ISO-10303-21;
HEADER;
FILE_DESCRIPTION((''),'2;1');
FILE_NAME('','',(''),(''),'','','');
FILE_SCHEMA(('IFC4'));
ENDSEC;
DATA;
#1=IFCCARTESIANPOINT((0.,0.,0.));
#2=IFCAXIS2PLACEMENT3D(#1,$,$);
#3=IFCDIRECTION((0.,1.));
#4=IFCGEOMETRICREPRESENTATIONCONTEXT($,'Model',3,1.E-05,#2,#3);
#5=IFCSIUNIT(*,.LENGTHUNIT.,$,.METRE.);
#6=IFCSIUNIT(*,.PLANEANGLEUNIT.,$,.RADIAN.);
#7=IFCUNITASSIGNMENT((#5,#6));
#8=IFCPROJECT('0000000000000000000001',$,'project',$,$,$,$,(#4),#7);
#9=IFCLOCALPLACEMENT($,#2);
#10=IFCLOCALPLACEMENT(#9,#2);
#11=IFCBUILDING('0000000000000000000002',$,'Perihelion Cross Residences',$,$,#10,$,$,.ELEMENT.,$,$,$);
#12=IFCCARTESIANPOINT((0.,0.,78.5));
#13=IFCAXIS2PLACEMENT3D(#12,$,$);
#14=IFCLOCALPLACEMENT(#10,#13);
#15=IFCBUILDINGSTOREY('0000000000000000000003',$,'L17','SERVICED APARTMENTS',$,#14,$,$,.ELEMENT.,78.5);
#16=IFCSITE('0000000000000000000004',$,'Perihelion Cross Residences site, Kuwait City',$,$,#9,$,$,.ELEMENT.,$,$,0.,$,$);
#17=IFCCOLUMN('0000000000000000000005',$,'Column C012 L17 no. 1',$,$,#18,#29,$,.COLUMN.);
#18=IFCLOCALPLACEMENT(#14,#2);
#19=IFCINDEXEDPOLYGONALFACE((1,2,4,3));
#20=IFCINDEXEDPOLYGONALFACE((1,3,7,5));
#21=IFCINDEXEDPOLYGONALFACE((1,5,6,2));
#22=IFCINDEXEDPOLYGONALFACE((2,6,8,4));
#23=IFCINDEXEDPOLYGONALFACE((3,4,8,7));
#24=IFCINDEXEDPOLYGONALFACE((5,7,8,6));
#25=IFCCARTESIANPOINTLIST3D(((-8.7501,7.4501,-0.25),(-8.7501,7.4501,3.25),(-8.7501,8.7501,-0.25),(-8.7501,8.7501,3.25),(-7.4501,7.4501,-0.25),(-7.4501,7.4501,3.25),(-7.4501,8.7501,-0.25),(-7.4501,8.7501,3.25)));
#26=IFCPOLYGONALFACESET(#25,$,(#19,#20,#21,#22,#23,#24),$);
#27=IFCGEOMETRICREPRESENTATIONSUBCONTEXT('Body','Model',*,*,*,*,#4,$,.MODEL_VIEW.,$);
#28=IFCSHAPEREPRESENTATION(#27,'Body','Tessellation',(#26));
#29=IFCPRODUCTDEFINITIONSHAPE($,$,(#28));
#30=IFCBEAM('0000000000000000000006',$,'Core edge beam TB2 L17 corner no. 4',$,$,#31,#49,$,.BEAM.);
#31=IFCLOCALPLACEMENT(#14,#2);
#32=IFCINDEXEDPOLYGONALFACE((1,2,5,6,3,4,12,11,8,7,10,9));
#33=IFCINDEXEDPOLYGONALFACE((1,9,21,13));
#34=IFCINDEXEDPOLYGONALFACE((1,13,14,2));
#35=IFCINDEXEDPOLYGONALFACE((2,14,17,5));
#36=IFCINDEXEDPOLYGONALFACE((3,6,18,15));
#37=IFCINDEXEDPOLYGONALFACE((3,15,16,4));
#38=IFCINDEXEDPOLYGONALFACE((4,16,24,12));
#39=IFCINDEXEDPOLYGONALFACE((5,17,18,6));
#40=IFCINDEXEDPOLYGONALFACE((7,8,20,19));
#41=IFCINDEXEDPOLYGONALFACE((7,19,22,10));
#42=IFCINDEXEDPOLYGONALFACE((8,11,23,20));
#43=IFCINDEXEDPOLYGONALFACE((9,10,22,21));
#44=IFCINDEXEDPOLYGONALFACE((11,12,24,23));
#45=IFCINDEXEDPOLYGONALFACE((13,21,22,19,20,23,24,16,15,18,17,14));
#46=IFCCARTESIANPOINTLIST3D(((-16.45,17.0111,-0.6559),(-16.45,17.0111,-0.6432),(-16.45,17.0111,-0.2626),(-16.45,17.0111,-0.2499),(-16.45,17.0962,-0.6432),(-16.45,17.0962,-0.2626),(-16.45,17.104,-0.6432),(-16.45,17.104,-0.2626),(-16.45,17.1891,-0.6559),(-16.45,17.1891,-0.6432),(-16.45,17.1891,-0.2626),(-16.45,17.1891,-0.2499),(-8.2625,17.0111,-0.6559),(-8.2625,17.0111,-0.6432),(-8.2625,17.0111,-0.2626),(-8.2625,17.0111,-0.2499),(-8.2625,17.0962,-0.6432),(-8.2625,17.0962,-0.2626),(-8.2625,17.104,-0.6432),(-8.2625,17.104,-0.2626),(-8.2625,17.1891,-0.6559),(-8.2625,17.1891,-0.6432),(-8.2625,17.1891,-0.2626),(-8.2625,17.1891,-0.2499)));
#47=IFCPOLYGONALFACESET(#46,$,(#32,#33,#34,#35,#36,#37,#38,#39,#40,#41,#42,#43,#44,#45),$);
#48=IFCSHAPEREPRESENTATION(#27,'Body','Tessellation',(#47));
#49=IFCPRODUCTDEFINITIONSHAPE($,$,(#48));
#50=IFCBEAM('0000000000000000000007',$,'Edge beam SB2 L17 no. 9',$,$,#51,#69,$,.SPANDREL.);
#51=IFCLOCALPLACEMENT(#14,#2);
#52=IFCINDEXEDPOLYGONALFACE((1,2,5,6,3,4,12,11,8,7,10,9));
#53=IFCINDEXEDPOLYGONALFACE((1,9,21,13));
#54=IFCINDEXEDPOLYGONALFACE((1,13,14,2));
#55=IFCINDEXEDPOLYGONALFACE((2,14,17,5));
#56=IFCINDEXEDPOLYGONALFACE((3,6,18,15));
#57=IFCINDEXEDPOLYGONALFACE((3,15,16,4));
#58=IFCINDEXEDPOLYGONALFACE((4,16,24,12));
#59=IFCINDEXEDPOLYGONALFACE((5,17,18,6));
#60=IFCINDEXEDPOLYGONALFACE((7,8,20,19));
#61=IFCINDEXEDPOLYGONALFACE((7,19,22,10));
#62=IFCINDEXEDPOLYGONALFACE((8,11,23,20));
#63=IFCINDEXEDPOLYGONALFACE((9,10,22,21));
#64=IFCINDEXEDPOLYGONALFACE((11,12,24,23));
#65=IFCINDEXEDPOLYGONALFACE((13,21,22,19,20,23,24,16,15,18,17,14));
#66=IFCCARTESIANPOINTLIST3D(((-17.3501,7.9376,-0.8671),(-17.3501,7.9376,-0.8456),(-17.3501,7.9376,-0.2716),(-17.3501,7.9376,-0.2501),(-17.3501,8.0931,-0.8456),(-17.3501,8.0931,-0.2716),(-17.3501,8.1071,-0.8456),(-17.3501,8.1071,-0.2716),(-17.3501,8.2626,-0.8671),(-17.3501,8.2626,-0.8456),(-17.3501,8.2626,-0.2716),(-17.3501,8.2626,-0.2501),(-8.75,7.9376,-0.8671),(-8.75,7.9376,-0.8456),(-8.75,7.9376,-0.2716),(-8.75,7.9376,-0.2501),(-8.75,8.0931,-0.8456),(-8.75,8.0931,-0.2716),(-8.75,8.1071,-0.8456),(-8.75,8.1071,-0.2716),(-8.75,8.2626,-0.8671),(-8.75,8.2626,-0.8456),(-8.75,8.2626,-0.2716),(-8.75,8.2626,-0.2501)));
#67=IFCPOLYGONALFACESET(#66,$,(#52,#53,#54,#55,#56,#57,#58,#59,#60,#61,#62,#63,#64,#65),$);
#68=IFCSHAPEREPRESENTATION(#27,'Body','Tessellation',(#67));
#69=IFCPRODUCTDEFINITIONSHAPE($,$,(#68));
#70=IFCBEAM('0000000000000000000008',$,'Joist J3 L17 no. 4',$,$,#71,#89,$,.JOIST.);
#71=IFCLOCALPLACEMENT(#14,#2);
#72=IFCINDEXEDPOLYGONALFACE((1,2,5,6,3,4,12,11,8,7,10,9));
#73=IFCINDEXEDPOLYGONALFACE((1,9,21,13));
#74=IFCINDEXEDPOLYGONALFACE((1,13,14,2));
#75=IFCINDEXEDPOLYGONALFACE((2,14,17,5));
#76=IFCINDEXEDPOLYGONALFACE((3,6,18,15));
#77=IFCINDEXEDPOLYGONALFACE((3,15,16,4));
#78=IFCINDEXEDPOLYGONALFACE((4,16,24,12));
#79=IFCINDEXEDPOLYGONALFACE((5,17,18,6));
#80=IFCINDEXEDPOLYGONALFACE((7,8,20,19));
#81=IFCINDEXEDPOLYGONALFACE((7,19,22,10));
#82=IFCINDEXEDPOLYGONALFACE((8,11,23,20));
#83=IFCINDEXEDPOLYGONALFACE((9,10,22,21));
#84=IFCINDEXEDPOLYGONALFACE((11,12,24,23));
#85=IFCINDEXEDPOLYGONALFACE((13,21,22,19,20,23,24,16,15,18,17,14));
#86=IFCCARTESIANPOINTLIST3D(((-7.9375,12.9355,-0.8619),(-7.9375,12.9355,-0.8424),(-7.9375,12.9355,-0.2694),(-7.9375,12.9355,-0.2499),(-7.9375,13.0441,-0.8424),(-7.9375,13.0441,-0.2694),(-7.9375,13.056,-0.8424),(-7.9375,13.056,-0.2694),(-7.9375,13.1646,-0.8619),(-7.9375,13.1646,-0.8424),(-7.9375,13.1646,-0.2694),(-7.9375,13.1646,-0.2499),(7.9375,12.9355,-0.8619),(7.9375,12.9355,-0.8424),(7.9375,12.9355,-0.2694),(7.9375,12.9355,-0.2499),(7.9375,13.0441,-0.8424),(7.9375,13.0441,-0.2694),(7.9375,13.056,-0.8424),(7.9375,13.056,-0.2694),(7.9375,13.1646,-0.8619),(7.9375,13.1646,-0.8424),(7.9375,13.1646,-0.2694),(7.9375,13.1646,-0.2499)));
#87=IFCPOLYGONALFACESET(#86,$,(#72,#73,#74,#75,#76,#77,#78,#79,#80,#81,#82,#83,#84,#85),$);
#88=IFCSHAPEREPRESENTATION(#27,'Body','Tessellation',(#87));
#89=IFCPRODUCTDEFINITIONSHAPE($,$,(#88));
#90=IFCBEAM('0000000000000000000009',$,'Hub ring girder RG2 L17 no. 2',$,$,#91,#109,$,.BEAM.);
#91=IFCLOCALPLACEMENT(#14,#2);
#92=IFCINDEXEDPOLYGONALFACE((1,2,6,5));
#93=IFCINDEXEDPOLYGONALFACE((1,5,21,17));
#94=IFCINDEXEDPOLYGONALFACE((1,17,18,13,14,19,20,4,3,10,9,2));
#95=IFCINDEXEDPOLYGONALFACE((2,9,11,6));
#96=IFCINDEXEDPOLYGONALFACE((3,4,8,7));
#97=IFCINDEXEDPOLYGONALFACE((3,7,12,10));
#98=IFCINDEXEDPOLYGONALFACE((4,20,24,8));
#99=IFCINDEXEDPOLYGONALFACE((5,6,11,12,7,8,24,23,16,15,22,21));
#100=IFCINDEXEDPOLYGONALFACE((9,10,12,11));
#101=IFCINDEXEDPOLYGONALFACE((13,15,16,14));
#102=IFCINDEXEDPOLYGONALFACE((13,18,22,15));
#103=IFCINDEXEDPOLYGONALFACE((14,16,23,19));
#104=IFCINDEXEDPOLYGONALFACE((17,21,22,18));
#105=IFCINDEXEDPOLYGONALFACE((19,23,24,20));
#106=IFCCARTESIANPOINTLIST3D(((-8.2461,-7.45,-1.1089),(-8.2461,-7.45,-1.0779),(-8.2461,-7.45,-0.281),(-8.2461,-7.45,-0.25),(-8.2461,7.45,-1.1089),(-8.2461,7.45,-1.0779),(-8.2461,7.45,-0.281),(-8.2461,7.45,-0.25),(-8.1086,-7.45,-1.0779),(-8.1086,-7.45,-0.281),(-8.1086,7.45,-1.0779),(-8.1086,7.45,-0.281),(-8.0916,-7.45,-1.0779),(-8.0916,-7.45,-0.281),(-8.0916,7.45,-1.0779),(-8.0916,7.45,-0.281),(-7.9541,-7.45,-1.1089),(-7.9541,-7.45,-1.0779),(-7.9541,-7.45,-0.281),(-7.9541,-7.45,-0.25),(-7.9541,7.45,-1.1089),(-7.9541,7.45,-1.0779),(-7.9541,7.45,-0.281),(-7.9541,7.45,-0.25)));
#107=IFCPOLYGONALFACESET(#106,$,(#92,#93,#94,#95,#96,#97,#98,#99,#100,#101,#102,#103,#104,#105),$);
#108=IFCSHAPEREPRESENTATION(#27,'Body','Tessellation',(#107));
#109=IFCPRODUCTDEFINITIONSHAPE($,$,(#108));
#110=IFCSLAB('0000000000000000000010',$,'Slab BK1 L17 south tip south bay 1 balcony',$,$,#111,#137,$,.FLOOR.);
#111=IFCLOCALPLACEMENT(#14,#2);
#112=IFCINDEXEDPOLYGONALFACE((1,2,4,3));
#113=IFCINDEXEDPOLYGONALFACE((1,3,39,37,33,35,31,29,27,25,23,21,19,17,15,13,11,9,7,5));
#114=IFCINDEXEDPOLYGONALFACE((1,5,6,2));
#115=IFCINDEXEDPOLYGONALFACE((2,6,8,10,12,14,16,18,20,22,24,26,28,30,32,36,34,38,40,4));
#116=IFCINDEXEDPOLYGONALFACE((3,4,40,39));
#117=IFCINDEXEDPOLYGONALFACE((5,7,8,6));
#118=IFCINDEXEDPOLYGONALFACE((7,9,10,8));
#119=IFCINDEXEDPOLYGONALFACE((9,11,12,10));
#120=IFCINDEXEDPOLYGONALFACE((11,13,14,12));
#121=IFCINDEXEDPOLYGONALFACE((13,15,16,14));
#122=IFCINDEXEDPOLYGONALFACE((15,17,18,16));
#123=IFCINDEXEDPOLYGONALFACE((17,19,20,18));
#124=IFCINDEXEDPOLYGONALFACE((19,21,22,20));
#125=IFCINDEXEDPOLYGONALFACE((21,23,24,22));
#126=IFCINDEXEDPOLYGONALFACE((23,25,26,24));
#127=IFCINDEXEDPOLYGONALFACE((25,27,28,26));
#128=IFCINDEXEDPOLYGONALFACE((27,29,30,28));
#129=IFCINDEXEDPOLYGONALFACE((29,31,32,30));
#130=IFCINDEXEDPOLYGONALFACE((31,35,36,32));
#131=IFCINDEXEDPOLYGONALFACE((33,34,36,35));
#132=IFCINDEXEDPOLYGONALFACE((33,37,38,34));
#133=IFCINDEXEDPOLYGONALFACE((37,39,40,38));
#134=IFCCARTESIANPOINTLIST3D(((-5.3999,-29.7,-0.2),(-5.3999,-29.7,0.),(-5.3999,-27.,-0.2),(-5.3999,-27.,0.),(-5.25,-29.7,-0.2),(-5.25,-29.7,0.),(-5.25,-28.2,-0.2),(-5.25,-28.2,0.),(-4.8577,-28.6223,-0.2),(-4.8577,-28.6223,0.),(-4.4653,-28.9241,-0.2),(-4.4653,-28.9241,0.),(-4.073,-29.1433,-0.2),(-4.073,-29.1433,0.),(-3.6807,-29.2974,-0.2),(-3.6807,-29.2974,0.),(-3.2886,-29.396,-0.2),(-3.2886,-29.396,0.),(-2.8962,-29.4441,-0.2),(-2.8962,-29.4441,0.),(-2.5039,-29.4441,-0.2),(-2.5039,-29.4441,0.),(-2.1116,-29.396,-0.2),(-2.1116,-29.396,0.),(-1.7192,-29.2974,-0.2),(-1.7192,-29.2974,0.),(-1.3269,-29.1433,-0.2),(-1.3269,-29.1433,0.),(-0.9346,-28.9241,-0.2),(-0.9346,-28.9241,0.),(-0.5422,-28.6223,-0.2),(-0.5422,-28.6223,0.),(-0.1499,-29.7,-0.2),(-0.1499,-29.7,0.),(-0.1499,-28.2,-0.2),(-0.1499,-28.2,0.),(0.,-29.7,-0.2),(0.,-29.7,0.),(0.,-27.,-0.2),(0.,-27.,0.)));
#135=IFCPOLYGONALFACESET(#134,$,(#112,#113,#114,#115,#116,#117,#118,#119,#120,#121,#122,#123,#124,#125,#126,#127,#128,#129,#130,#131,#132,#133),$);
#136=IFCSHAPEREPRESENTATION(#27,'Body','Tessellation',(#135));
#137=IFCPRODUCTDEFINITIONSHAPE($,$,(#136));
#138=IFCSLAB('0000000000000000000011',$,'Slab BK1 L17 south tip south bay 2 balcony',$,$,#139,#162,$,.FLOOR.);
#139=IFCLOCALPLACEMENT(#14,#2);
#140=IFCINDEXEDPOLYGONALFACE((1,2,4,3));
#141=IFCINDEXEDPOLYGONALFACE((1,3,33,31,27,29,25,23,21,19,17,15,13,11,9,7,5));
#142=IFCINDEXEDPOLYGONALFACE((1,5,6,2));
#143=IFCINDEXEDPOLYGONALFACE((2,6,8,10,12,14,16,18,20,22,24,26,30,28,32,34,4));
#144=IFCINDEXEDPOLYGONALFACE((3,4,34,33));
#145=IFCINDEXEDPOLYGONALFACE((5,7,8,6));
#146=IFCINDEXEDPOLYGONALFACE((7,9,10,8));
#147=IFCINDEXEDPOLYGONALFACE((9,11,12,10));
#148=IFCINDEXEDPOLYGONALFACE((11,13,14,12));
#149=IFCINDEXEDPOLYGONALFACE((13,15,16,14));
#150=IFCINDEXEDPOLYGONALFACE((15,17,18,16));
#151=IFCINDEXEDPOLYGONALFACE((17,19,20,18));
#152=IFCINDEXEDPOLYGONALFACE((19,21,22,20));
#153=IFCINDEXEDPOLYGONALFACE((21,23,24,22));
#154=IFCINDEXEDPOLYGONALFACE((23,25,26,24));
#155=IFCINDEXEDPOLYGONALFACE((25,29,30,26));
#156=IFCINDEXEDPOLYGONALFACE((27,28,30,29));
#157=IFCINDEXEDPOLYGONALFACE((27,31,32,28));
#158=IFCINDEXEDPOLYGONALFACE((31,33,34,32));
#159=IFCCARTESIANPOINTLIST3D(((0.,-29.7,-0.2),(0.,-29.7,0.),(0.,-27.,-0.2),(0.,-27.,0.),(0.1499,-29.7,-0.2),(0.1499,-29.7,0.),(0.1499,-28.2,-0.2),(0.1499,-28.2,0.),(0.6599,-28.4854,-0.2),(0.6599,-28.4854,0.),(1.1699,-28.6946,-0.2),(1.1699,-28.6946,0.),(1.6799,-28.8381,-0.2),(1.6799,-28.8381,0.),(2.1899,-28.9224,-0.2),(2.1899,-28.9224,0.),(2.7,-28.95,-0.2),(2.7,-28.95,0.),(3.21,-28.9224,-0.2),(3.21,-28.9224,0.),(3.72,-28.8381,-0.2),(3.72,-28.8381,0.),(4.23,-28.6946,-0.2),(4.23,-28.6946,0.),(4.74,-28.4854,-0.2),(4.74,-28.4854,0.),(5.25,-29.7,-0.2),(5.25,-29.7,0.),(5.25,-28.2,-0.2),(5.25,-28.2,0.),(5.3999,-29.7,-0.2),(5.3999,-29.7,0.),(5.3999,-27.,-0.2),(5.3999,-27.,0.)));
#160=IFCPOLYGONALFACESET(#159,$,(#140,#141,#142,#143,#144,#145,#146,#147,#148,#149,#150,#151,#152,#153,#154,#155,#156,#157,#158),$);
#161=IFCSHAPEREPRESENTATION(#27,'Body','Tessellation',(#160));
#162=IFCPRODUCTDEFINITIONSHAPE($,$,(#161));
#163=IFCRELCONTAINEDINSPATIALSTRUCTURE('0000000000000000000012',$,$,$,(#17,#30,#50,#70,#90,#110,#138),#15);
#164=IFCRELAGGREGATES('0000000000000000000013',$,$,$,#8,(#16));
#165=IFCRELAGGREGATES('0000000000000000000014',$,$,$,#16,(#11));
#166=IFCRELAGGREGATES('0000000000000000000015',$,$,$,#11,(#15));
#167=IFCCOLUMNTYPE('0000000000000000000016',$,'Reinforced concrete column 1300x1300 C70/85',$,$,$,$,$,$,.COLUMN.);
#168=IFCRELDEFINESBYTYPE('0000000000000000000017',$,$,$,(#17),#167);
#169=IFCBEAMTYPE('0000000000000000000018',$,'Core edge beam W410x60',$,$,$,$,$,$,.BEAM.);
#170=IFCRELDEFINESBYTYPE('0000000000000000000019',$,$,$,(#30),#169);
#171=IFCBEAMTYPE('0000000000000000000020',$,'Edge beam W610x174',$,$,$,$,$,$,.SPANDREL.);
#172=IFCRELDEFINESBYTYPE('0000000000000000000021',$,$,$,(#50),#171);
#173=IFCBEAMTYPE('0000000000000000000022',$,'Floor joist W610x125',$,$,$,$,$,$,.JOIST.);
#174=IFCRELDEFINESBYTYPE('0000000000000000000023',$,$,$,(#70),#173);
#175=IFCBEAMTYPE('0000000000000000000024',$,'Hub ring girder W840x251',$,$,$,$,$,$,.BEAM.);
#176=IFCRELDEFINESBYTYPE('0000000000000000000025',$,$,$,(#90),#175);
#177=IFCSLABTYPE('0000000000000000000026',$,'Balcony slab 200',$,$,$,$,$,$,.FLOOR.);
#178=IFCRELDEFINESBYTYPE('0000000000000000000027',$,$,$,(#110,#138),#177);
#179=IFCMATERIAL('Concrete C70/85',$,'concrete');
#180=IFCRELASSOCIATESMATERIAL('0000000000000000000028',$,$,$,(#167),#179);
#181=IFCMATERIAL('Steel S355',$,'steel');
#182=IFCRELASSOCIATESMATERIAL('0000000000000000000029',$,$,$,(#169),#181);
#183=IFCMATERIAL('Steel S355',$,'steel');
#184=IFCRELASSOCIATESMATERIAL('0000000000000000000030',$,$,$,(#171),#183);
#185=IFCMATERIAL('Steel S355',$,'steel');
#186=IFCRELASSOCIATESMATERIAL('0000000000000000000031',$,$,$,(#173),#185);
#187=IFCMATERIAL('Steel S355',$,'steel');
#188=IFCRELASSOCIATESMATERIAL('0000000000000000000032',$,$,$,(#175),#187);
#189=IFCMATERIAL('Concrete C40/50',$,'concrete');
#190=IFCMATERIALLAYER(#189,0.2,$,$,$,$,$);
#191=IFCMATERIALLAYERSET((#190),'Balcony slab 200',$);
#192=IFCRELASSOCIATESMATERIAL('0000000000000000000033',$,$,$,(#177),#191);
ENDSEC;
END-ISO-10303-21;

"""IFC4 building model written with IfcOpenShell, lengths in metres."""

from ifc_helpers import new_model, si_unit, direction, frame, origin, origin_2d, place, context, subcontext, project, spatial, polyline, rectangle, i_section, outline, extrude, material, layer, layer_set, material_profile, profile_set, type_object, element, save


model = new_model("IFC4")

# Units and contexts
model_context = context("Model", 3, precision=1e-05, world=origin(), true_north=direction((0.0, 1.0)))
body_context = subcontext(model_context, "Body", "Model", "MODEL_VIEW")
ifc_project = project(units=[si_unit("LENGTHUNIT", "METRE"), si_unit("PLANEANGLEUNIT", "RADIAN")], contexts=[model_context])

# Site, building, storey
site_placement = place(None, origin())
site = spatial("IfcSite", under=ifc_project, at=site_placement, Name="Perihelion Cross Residences site, Kuwait City", CompositionType="ELEMENT", RefElevation=0.0)
building_placement = place(site_placement, origin())
building = spatial("IfcBuilding", under=site, at=building_placement, Name="Perihelion Cross Residences", CompositionType="ELEMENT")
storey_placement = place(building_placement, frame((0.0, 0.0, 78.5)))
storey = spatial("IfcBuildingStorey", under=building, at=storey_placement, Name="L17", Description="SERVICED APARTMENTS", CompositionType="ELEMENT", Elevation=78.5)

# Column
ifc_material_1 = material(Name="Concrete C70/85", Category="concrete")
ifc_material_profile_1 = material_profile(ifc_material_1, rectangle(XDim=1.3, YDim=1.3, at=origin_2d()), Name="RC 1300x1300")
ifc_profile_set_1 = profile_set([ifc_material_profile_1], Name="Concrete C70/85")
column_type = type_object("IfcColumnType", Name="Reinforced concrete column 1300x1300 C70/85", PredefinedType="COLUMN", material=ifc_profile_set_1)
column_placement = place(storey_placement, frame((-8.1001, 8.1001, -0.25), z_axis=(0.0, 0.0, 1.0), x_axis=(1.0, 0.0, 0.0)))
element("IfcColumn", 1, at=column_placement, inside=storey, type_object=column_type, Name="Column C012 L17 no. 1", PredefinedType="COLUMN", context=body_context, shape_type="SweptSolid", body=[
    extrude(rectangle(XDim=1.3, YDim=1.3, at=origin_2d()), origin(), (0.0, 0.0, 1.0), 3.5),
])

# Beams
ifc_material_2 = material(Name="Steel S355", Category="steel")
ifc_material_profile_2 = material_profile(ifc_material_2, i_section(OverallWidth=0.178, OverallDepth=0.406, WebThickness=0.0078, FlangeThickness=0.0127, at=origin_2d()), Name="W410x60")
ifc_profile_set_2 = profile_set([ifc_material_profile_2], Name="Steel S355")
beam_type_1 = type_object("IfcBeamType", Name="Core edge beam W410x60", PredefinedType="BEAM", material=ifc_profile_set_2)
beam_1_placement = place(storey_placement, frame((-8.2625, 17.1001, -0.4529), z_axis=(-1.0, 0.0, 0.0), x_axis=(0.0, -1.0, 0.0)))
element("IfcBeam", 2, at=beam_1_placement, inside=storey, type_object=beam_type_1, Name="Core edge beam TB2 L17 corner no. 4", PredefinedType="BEAM", context=body_context, shape_type="SweptSolid", body=[
    extrude(i_section(OverallWidth=0.178, OverallDepth=0.406, WebThickness=0.0078, FlangeThickness=0.0127, at=origin_2d()), origin(), (0.0, 0.0, 1.0), 8.1875),
])
ifc_material_3 = material(Name="Steel S355", Category="steel")
ifc_material_profile_3 = material_profile(ifc_material_3, i_section(OverallWidth=0.325, OverallDepth=0.6169, WebThickness=0.0139, FlangeThickness=0.0215, at=origin_2d()), Name="W610x174")
ifc_profile_set_3 = profile_set([ifc_material_profile_3], Name="Steel S355")
beam_type_2 = type_object("IfcBeamType", Name="Edge beam W610x174", PredefinedType="SPANDREL", material=ifc_profile_set_3)
beam_2_placement = place(storey_placement, frame((-8.75, 8.1001, -0.5586), z_axis=(-1.0, 0.0, 0.0), x_axis=(0.0, -1.0, 0.0)))
element("IfcBeam", 3, at=beam_2_placement, inside=storey, type_object=beam_type_2, Name="Edge beam SB2 L17 no. 9", PredefinedType="SPANDREL", context=body_context, shape_type="SweptSolid", body=[
    extrude(i_section(OverallWidth=0.325, OverallDepth=0.6169, WebThickness=0.0139, FlangeThickness=0.0215, at=origin_2d()), origin(), (0.0, 0.0, 1.0), 8.6001),
])
ifc_material_4 = material(Name="Steel S355", Category="steel")
ifc_material_profile_4 = material_profile(ifc_material_4, i_section(OverallWidth=0.229, OverallDepth=0.6121, WebThickness=0.012, FlangeThickness=0.0195, at=origin_2d()), Name="W610x125")
ifc_profile_set_4 = profile_set([ifc_material_profile_4], Name="Steel S355")
beam_type_3 = type_object("IfcBeamType", Name="Floor joist W610x125", PredefinedType="JOIST", material=ifc_profile_set_4)
beam_3_placement = place(storey_placement, frame((-7.9375, 13.05, -0.5559), z_axis=(1.0, 0.0, 0.0), x_axis=(0.0, 1.0, 0.0)))
element("IfcBeam", 4, at=beam_3_placement, inside=storey, type_object=beam_type_3, Name="Joist J3 L17 no. 4", PredefinedType="JOIST", context=body_context, shape_type="SweptSolid", body=[
    extrude(i_section(OverallWidth=0.229, OverallDepth=0.6121, WebThickness=0.012, FlangeThickness=0.0195, at=origin_2d()), origin(), (0.0, 0.0, 1.0), 15.875),
])
ifc_material_5 = material(Name="Steel S355", Category="steel")
ifc_material_profile_5 = material_profile(ifc_material_5, i_section(OverallWidth=0.292, OverallDepth=0.8589, WebThickness=0.0171, FlangeThickness=0.031, at=origin_2d()), Name="W840x251")
ifc_profile_set_5 = profile_set([ifc_material_profile_5], Name="Steel S355")
beam_type_4 = type_object("IfcBeamType", Name="Hub ring girder W840x251", PredefinedType="BEAM", material=ifc_profile_set_5)
beam_4_placement = place(storey_placement, frame((-8.1001, 7.45, -0.6794), z_axis=(0.0, -1.0, 0.0), x_axis=(1.0, 0.0, 0.0)))
element("IfcBeam", 5, at=beam_4_placement, inside=storey, type_object=beam_type_4, Name="Hub ring girder RG2 L17 no. 2", PredefinedType="BEAM", context=body_context, shape_type="SweptSolid", body=[
    extrude(i_section(OverallWidth=0.292, OverallDepth=0.8589, WebThickness=0.0171, FlangeThickness=0.031, at=origin_2d()), origin(), (0.0, 0.0, 1.0), 14.8999),
])

# Slabs
ifc_material_6 = material(Name="Concrete C40/50", Category="concrete")
ifc_layer_1 = layer(ifc_material_6, 0.2)
ifc_layer_set_1 = layer_set([ifc_layer_1], Name="Balcony slab 200")
slab_type_1 = type_object("IfcSlabType", Name="Balcony slab 200", PredefinedType="FLOOR", material=ifc_layer_set_1)
slab_1_placement = place(storey_placement, frame((0.0, 0.0, -0.2)))
element("IfcSlab", 6, at=slab_1_placement, inside=storey, type_object=slab_type_1, Name="Slab BK1 L17 south tip south bay 1 balcony", PredefinedType="FLOOR", context=body_context, shape_type="SweptSolid", body=[
    extrude(outline(polyline([(-5.3999, -27.0), (0.0, -27.0), (0.0, -29.7), (-0.1499, -29.7), (-0.1499, -28.2), (-0.5422, -28.6223), (-0.9346, -28.9241), (-1.3269, -29.1433), (-1.7192, -29.2974), (-2.1116, -29.396), (-2.5039, -29.4441), (-2.8962, -29.4441), (-3.2886, -29.396), (-3.6807, -29.2974), (-4.073, -29.1433), (-4.4653, -28.9241), (-4.8577, -28.6223), (-5.25, -28.2), (-5.25, -29.7), (-5.3999, -29.7), (-5.3999, -27.0)])), origin(), (0.0, 0.0, 1.0), 0.2),
])
slab_2_placement = place(storey_placement, frame((0.0, 0.0, -0.2)))
element("IfcSlab", 7, at=slab_2_placement, inside=storey, type_object=slab_type_1, Name="Slab BK1 L17 south tip south bay 2 balcony", PredefinedType="FLOOR", context=body_context, shape_type="SweptSolid", body=[
    extrude(outline(polyline([(0.0, -27.0), (5.3999, -27.0), (5.3999, -29.7), (5.25, -29.7), (5.25, -28.2), (4.74, -28.4854), (4.23, -28.6946), (3.72, -28.8381), (3.21, -28.9224), (2.7, -28.95), (2.1899, -28.9224), (1.6799, -28.8381), (1.1699, -28.6946), (0.6599, -28.4854), (0.1499, -28.2), (0.1499, -29.7), (0.0, -29.7), (0.0, -27.0)])), origin(), (0.0, 0.0, 1.0), 0.2),
])

save(model, "model.ifc")
